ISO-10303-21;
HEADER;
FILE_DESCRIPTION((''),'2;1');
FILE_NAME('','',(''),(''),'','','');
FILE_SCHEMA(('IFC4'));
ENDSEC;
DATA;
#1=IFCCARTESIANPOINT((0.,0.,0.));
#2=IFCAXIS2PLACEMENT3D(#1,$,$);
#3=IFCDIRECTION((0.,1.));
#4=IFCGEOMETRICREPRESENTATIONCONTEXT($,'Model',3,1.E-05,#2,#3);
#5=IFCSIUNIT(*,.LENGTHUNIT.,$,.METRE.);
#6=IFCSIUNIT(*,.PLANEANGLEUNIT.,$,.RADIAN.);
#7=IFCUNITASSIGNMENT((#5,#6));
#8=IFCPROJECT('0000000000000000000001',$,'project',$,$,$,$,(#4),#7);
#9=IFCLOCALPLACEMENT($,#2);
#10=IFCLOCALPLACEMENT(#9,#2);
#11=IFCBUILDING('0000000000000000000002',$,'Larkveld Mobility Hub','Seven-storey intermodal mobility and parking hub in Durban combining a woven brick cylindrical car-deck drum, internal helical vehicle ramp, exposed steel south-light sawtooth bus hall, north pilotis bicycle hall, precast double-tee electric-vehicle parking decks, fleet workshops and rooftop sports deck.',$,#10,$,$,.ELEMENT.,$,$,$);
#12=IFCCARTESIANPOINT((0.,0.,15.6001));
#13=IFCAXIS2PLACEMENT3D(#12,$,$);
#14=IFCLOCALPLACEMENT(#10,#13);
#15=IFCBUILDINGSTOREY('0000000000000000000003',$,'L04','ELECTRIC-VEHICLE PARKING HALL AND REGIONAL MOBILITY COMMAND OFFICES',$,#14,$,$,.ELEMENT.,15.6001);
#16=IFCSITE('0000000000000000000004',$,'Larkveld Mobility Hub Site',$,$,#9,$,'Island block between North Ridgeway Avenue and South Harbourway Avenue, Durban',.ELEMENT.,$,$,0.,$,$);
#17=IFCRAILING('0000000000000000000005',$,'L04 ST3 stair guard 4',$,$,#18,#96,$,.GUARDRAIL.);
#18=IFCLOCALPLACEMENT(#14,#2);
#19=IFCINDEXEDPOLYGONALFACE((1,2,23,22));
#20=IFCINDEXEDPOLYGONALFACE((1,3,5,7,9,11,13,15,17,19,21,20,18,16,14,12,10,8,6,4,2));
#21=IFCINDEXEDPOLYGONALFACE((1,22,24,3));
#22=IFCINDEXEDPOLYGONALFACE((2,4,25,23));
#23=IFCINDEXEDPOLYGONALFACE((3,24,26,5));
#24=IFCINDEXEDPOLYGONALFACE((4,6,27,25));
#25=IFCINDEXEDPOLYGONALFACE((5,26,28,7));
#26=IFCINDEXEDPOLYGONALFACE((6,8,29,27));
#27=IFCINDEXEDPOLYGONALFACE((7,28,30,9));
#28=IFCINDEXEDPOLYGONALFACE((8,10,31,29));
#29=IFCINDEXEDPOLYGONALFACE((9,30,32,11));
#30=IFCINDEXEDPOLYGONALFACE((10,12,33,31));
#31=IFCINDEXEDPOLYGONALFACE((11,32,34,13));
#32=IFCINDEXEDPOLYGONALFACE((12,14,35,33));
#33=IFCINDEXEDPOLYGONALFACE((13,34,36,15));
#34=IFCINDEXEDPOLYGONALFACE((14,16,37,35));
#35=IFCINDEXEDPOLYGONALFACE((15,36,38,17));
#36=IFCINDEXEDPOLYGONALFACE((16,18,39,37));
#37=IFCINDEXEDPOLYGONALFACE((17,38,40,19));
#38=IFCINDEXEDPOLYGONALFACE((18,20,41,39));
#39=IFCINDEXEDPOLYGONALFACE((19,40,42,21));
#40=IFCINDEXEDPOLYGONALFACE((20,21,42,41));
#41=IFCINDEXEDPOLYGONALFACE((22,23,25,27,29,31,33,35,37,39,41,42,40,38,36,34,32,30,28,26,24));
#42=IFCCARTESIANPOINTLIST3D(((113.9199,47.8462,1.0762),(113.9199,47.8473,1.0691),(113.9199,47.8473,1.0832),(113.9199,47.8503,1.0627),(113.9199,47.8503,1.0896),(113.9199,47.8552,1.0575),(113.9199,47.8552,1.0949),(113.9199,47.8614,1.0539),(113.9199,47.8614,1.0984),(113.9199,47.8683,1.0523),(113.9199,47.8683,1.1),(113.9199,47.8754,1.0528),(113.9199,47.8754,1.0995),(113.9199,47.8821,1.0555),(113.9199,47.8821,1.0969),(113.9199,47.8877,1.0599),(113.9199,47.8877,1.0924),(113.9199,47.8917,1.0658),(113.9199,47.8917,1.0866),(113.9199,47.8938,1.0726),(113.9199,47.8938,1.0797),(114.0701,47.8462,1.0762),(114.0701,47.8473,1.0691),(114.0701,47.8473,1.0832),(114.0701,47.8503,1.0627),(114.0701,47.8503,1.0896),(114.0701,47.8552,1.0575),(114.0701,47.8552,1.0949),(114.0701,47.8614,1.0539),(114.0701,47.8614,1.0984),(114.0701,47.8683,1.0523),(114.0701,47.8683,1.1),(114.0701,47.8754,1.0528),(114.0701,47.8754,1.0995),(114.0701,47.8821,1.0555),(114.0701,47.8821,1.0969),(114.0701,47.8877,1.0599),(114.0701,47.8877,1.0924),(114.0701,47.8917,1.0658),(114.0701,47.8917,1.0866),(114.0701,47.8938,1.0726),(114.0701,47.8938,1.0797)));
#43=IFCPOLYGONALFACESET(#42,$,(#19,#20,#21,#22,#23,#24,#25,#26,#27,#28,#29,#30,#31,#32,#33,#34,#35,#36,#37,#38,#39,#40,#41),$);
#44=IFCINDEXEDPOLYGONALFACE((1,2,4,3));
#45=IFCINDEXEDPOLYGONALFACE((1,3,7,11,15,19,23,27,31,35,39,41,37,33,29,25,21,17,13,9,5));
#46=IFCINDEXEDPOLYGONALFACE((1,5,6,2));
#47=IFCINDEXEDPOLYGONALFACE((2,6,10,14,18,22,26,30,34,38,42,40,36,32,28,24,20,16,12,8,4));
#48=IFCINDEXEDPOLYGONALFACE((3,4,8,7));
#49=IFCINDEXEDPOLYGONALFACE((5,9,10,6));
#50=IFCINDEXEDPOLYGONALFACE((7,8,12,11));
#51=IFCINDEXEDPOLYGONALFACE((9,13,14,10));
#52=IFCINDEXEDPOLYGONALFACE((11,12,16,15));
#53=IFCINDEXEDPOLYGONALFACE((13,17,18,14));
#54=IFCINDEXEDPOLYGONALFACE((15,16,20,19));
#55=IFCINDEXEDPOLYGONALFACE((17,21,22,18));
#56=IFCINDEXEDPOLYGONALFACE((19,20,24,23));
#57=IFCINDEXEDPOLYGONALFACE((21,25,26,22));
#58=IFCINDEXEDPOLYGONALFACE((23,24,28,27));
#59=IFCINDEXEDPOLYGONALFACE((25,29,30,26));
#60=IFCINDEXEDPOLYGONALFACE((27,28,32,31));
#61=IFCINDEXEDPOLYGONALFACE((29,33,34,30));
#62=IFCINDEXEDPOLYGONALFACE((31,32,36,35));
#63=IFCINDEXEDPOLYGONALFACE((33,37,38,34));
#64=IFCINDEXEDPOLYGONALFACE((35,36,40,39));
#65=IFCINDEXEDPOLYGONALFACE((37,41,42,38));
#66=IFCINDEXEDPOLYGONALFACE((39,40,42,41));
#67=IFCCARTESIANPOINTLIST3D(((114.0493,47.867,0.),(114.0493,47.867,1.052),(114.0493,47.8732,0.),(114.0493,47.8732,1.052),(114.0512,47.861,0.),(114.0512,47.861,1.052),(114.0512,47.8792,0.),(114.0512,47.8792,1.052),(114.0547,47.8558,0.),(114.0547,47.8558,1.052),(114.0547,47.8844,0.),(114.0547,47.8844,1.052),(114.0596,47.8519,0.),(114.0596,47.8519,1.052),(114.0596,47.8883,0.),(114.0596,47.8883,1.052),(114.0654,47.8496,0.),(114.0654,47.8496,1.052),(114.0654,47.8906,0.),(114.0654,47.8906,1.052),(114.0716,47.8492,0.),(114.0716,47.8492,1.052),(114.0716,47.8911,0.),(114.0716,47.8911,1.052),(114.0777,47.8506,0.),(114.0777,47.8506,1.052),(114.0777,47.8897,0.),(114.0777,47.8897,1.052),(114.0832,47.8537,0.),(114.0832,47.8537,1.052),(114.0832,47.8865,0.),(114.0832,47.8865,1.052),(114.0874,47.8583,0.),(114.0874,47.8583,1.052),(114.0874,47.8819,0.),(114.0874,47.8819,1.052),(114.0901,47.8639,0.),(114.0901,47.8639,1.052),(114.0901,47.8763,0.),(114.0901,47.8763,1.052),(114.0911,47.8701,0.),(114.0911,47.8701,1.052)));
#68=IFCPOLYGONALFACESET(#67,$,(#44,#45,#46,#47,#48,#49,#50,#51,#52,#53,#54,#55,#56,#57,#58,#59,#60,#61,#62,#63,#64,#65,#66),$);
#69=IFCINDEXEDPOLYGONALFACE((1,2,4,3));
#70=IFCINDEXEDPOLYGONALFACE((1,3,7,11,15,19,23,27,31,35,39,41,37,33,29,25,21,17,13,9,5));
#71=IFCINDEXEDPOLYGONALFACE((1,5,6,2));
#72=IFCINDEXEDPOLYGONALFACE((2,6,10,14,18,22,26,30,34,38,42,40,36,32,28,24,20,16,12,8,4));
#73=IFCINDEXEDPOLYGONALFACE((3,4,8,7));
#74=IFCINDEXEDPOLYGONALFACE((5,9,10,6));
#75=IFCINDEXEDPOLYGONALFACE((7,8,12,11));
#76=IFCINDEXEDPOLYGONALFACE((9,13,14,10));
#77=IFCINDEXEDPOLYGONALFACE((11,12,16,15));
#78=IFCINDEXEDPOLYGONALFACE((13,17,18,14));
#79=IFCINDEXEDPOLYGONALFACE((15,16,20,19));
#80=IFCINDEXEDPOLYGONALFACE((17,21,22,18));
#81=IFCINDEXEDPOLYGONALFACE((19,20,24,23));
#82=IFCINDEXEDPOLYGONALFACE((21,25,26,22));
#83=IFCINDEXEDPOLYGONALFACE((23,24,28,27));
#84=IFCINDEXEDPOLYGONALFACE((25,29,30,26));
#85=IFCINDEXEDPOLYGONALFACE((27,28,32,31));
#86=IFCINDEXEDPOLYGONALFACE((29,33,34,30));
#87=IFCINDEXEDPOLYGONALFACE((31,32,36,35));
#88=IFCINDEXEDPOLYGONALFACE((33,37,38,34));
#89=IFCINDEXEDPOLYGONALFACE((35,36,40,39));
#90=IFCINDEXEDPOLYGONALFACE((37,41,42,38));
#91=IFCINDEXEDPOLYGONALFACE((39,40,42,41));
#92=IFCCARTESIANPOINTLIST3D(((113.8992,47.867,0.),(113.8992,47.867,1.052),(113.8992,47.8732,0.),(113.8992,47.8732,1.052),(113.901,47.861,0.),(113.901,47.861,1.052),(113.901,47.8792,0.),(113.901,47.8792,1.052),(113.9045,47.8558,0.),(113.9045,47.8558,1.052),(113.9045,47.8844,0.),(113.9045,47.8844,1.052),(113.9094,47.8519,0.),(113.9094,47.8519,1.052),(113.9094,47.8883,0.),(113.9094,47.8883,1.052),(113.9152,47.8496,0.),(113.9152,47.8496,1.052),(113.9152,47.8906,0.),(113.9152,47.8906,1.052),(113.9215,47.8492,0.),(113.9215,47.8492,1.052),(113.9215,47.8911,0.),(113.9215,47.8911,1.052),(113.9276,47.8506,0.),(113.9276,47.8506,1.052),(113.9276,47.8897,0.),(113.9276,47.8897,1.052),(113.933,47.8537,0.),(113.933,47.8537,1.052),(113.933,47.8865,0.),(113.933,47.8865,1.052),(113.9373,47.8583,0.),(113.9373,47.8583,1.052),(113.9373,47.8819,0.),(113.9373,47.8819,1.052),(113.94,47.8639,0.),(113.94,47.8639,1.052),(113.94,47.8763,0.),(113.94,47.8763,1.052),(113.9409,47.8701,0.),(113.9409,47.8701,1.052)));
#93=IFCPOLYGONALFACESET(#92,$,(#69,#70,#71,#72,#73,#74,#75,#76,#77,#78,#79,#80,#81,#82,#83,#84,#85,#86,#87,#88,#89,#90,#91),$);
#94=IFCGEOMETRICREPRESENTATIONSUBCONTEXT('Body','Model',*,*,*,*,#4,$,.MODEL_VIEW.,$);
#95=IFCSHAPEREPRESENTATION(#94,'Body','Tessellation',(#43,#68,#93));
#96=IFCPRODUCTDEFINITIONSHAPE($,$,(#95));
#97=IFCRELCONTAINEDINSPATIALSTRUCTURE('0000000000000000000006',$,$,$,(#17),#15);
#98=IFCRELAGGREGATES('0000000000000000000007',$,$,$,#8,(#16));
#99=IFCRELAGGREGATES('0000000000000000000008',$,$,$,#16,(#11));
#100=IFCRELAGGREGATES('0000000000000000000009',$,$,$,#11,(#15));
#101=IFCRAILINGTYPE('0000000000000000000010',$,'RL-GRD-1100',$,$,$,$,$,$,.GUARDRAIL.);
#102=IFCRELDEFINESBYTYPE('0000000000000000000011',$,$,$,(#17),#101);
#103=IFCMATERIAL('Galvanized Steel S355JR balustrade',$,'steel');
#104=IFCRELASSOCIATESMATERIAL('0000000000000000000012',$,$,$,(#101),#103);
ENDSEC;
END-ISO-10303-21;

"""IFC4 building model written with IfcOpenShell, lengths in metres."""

from ifc_helpers import new_model, si_unit, direction, frame, origin, origin_2d, place, context, subcontext, project, spatial, circle, extrude, material, type_object, element, save


model = new_model("IFC4")

# Units and contexts
model_context = context("Model", 3, precision=1e-05, world=origin(), true_north=direction((0.0, 1.0)))
body_context = subcontext(model_context, "Body", "Model", "MODEL_VIEW")
ifc_project = project(units=[si_unit("LENGTHUNIT", "METRE"), si_unit("PLANEANGLEUNIT", "RADIAN")], contexts=[model_context])

# Site, building, storey
site_placement = place(None, origin())
site = spatial("IfcSite", under=ifc_project, at=site_placement, Name="Larkveld Mobility Hub Site", LongName="Island block between North Ridgeway Avenue and South Harbourway Avenue, Durban", CompositionType="ELEMENT", RefElevation=0.0)
building_placement = place(site_placement, origin())
building = spatial("IfcBuilding", under=site, at=building_placement, Name="Larkveld Mobility Hub", Description="Seven-storey intermodal mobility and parking hub in Durban combining a woven brick cylindrical car-deck drum, internal helical vehicle ramp, exposed steel south-light sawtooth bus hall, north pilotis bicycle hall, precast double-tee electric-vehicle parking decks, fleet workshops and rooftop sports deck.", CompositionType="ELEMENT")
storey_placement = place(building_placement, frame((0.0, 0.0, 15.6001)))
storey = spatial("IfcBuildingStorey", under=building, at=storey_placement, Name="L04", Description="ELECTRIC-VEHICLE PARKING HALL AND REGIONAL MOBILITY COMMAND OFFICES", CompositionType="ELEMENT", Elevation=15.6001)

# Railing
ifc_material_1 = material(Name="Galvanized Steel S355JR balustrade", Category="steel")
railing_type_1 = type_object("IfcRailingType", Name="RL-GRD-1100", PredefinedType="GUARDRAIL", material=ifc_material_1)
railing_1_placement = place(storey_placement, frame((114.0701, 47.8701, 0.0)))
element("IfcRailing", 1, at=railing_1_placement, inside=storey, type_object=railing_type_1, Name="L04 ST3 stair guard 4", PredefinedType="GUARDRAIL", context=body_context, shape_type="SweptSolid", body=[
    extrude(circle(Radius=0.0239, at=origin_2d()), frame((0.0, 0.0, 1.0762), z_axis=(-1.0, 0.0, 0.0), x_axis=(0.0, -1.0, 0.0)), (0.0, 0.0, 1.0), 0.1501),
    extrude(circle(Radius=0.021, at=origin_2d()), origin(), (0.0, 0.0, 1.0), 1.052),
    extrude(circle(Radius=0.021, at=origin_2d()), frame((-0.1501, 0.0, 0.0)), (0.0, 0.0, 1.0), 1.052),
])

save(model, "model.ifc")
